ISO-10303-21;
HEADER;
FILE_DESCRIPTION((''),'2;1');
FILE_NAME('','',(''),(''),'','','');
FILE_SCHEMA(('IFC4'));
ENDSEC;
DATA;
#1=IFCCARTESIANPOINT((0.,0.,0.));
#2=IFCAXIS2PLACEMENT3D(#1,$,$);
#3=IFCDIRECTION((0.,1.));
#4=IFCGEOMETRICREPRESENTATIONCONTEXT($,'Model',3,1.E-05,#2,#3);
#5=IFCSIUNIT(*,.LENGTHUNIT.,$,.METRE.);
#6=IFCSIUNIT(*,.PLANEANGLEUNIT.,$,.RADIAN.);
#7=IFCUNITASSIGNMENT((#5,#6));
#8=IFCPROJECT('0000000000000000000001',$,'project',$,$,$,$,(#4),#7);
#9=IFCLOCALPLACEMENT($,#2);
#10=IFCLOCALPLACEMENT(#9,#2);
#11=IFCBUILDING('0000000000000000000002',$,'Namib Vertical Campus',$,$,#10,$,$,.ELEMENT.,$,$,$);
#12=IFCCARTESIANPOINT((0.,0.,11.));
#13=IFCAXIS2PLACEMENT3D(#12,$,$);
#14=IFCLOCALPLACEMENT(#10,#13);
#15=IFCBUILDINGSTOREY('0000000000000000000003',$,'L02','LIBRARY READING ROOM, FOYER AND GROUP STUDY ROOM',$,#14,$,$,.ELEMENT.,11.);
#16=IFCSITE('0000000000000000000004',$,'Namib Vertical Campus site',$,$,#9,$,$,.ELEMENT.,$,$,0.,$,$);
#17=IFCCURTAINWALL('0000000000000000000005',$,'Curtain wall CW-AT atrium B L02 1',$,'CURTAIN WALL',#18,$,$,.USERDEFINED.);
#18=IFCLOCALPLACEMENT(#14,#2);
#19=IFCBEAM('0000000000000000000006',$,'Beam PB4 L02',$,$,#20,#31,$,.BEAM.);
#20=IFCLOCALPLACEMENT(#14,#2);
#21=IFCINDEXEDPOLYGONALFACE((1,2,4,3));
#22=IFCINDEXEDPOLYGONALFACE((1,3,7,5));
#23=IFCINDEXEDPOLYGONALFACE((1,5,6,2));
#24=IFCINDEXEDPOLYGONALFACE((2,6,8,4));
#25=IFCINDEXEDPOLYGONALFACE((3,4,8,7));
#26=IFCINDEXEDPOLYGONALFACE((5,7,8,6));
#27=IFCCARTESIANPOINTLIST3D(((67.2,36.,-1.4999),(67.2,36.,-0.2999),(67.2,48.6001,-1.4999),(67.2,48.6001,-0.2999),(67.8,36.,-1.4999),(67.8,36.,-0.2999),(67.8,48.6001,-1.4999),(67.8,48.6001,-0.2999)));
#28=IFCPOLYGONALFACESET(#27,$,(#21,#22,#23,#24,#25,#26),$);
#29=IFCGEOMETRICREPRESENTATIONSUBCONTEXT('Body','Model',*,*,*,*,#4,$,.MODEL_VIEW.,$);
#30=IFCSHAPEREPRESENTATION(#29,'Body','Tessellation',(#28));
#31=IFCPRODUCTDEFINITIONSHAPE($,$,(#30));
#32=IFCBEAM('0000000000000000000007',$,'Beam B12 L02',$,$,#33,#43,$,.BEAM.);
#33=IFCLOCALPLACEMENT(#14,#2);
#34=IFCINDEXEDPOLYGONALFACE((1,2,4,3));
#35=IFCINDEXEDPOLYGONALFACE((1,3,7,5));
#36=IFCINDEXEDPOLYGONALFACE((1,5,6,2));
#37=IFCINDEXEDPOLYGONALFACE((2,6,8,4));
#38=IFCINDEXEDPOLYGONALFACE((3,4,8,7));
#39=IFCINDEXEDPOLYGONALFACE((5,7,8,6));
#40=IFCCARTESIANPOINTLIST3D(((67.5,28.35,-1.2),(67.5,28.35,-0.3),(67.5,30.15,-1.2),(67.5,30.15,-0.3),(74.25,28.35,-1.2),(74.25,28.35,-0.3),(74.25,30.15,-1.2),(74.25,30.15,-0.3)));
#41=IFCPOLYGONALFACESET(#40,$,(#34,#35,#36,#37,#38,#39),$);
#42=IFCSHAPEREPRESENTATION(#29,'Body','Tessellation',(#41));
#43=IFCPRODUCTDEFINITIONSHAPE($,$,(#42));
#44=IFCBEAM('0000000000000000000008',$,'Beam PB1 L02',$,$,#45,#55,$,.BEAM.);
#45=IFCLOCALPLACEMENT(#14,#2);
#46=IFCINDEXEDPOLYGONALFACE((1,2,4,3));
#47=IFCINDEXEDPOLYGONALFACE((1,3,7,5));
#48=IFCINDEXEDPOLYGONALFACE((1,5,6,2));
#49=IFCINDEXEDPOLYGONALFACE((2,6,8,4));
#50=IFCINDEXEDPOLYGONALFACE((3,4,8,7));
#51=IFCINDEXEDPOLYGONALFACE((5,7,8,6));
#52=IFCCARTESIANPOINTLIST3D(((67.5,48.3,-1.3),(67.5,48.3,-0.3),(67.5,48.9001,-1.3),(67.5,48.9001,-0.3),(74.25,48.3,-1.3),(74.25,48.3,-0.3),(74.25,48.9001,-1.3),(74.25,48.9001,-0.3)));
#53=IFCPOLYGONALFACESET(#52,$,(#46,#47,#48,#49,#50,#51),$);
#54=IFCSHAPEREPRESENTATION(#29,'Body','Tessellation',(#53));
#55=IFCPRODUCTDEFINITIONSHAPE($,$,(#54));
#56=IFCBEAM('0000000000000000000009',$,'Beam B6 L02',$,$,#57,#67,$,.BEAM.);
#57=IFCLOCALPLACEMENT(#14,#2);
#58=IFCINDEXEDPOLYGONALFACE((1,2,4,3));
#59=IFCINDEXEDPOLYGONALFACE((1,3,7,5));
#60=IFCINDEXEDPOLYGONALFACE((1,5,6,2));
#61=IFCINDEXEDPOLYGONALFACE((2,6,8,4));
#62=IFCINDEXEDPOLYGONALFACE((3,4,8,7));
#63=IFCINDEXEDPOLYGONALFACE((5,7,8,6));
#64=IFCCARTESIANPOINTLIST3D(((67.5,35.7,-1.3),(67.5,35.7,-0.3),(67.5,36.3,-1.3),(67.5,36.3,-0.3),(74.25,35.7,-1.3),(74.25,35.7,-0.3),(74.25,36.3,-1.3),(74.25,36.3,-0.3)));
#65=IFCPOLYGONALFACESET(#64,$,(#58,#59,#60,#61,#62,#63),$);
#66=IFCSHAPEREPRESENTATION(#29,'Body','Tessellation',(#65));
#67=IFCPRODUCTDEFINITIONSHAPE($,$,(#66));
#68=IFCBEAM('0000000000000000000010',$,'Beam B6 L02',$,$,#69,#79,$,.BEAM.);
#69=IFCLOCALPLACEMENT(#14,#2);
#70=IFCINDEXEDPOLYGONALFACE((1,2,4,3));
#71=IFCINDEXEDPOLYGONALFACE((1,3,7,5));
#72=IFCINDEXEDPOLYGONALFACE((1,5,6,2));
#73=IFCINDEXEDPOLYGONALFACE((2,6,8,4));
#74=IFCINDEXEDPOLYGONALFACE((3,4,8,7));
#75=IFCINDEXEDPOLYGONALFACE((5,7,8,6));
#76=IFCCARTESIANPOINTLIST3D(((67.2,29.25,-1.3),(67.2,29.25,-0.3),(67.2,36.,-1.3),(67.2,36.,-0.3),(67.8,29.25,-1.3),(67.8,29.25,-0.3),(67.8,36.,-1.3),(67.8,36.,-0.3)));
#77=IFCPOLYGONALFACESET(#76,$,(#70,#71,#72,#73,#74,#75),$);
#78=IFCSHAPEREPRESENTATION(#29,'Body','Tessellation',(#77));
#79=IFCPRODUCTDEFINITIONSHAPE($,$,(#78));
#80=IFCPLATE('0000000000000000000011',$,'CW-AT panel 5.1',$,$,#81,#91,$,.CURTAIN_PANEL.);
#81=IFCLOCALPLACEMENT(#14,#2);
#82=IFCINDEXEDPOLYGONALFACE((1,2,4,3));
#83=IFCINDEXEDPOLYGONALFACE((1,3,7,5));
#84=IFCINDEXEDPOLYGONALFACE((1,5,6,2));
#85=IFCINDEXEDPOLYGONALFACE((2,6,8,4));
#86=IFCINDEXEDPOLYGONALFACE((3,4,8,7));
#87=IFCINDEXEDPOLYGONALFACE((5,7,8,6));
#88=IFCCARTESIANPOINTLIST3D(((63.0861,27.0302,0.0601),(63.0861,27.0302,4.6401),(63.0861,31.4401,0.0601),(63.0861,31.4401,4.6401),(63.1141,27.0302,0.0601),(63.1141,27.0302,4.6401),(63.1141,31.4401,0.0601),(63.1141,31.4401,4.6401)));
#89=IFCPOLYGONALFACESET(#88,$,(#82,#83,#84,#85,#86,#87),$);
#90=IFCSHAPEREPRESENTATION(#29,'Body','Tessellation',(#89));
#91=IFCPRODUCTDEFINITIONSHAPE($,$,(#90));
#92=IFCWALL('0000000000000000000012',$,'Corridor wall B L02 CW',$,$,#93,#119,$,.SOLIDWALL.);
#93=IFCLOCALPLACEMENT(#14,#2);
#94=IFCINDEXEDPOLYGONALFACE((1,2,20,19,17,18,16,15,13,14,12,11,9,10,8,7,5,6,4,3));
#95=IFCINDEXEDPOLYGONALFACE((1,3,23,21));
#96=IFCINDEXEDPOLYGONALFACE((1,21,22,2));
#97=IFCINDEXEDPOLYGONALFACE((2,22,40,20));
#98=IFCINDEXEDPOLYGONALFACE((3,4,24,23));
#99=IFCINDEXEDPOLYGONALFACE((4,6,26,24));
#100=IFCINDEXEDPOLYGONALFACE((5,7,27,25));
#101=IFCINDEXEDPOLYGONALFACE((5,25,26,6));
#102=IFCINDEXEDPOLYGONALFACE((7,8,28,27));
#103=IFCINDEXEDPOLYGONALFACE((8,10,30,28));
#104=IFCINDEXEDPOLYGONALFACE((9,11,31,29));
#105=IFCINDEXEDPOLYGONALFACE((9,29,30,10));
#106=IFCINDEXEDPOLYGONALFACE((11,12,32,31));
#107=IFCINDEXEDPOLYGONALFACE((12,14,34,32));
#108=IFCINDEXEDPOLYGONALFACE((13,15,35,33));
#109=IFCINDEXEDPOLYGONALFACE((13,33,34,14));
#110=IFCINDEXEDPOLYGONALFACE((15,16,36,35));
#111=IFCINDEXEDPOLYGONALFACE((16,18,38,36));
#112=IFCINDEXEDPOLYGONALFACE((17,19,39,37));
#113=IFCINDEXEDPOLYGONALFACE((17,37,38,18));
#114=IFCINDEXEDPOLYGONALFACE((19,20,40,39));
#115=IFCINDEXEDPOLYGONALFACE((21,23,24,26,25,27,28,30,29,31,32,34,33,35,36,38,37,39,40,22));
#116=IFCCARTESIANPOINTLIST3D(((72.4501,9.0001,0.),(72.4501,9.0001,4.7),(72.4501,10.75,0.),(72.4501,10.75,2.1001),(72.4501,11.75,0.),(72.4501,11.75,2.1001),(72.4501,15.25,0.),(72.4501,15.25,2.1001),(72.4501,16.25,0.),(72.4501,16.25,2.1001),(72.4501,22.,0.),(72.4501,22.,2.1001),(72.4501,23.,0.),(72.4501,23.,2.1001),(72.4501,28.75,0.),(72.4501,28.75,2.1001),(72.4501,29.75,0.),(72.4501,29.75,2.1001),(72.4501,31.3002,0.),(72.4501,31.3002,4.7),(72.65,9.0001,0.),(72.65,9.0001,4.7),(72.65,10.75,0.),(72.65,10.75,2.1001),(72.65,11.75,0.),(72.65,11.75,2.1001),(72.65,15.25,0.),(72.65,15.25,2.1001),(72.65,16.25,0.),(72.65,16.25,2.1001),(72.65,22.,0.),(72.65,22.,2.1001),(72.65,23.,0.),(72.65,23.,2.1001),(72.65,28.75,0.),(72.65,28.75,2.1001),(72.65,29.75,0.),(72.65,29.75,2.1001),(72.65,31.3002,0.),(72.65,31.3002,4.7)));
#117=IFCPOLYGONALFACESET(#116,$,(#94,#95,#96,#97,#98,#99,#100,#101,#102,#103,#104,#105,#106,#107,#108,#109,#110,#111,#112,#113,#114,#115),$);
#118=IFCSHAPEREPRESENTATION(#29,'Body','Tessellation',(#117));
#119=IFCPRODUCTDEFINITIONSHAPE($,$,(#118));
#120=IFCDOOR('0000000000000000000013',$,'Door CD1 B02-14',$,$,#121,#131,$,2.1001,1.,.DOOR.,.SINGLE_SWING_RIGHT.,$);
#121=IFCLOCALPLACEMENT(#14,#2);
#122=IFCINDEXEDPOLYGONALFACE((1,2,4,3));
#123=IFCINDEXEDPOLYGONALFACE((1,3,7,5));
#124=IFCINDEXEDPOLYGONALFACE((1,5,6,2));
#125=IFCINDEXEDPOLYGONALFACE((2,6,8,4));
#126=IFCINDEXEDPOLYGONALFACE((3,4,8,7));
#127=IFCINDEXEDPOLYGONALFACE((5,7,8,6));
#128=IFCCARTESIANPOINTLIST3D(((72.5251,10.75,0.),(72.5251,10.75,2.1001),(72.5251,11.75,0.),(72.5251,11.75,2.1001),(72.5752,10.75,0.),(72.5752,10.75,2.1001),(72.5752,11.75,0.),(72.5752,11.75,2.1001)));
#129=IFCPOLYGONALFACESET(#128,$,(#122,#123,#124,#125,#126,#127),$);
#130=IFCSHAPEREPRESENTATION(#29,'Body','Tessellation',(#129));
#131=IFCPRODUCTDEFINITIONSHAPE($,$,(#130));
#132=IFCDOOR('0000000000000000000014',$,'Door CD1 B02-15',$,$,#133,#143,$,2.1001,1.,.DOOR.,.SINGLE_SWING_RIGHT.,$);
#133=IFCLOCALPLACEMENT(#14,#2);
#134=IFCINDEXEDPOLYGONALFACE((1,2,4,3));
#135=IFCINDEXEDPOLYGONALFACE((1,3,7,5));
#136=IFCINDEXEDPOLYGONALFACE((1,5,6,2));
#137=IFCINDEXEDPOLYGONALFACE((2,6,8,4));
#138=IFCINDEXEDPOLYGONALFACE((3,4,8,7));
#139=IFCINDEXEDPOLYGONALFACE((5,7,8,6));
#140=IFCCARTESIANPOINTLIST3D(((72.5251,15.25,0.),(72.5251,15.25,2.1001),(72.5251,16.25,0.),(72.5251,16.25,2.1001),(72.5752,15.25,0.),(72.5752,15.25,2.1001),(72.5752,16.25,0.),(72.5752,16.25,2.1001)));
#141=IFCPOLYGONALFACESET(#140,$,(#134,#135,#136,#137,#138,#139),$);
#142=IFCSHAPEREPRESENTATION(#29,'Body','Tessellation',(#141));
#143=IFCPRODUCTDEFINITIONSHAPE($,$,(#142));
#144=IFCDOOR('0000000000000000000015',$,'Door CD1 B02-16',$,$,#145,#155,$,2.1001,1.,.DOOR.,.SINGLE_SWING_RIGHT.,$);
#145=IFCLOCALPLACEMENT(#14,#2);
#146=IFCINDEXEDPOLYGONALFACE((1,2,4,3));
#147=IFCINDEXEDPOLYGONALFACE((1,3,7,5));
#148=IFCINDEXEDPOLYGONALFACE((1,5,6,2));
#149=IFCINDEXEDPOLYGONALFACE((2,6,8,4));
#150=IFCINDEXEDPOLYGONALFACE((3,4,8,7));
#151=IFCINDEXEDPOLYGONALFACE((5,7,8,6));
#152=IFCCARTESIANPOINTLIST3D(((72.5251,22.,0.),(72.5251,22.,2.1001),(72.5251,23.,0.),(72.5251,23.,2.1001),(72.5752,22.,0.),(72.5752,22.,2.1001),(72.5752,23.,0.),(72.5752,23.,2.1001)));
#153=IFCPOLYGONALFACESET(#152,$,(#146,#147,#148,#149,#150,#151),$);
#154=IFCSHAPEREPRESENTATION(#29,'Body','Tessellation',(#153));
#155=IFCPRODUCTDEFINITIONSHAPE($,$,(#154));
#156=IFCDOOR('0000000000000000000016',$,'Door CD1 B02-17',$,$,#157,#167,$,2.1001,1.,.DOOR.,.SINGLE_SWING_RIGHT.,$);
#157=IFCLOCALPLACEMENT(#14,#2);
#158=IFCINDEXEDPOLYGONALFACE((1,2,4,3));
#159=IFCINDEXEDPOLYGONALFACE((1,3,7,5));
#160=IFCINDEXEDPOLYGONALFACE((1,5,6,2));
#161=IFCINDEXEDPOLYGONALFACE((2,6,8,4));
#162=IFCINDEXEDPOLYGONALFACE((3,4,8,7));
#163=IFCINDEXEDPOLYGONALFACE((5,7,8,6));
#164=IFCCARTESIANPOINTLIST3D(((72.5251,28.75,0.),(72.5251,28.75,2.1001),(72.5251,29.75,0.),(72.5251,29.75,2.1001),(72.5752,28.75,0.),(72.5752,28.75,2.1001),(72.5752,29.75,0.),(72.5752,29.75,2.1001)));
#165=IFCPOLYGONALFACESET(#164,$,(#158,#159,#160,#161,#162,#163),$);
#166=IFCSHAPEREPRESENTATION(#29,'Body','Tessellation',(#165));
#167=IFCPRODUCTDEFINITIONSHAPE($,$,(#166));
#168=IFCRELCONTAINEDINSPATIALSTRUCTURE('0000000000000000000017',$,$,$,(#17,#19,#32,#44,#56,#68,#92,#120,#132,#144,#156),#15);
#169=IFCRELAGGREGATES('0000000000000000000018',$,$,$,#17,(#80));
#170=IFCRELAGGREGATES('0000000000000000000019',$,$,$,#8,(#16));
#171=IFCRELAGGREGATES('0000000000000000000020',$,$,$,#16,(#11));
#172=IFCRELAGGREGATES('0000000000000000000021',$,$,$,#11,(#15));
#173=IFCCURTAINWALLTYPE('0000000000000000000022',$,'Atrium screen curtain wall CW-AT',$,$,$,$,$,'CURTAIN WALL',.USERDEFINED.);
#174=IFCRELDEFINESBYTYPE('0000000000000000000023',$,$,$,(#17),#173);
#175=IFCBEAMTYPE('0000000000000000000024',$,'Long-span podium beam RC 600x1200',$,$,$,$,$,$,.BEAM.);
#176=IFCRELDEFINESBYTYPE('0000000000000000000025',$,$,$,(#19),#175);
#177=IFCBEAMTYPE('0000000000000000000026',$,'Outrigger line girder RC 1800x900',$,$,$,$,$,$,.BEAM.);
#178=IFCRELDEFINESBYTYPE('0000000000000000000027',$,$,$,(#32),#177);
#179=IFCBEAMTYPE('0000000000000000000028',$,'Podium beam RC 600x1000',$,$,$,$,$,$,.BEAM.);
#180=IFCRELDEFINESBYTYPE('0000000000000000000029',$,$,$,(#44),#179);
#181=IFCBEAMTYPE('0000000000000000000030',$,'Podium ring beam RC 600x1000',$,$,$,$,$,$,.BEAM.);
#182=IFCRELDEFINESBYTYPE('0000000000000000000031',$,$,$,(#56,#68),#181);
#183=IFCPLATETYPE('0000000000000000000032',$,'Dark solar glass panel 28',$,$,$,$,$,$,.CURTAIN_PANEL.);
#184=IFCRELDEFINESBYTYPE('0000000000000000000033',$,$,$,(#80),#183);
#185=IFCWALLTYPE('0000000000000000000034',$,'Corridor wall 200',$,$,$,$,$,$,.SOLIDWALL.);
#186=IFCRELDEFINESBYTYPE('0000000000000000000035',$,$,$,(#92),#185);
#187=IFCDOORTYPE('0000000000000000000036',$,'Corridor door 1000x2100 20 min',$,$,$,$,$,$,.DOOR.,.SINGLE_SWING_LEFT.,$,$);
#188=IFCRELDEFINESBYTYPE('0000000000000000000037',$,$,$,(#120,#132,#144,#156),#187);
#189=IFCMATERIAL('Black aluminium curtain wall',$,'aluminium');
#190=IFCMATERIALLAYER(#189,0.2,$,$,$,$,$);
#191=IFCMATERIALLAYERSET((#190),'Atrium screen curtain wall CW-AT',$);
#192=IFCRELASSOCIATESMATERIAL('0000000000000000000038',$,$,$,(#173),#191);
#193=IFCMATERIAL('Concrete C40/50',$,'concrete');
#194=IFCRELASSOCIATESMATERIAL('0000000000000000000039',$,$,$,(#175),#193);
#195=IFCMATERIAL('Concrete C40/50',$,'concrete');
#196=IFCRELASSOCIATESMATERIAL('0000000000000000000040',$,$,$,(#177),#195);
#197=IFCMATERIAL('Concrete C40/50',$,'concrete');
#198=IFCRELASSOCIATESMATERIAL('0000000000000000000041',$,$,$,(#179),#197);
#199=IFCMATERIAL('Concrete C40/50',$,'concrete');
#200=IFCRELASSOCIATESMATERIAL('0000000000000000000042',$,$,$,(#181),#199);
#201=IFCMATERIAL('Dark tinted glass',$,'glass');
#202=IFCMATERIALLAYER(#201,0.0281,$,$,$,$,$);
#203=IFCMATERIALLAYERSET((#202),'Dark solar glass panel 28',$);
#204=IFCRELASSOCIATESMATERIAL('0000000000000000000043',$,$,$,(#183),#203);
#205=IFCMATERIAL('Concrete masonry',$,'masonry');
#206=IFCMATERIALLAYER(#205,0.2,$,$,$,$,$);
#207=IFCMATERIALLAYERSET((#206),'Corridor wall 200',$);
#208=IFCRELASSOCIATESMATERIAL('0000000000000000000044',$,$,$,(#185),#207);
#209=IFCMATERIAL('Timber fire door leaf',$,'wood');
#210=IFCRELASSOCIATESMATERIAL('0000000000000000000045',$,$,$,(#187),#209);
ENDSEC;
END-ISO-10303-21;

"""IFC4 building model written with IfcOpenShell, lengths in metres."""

from ifc_helpers import new_model, si_unit, direction, frame, frame_2d, origin, origin_2d, place, context, subcontext, project, spatial, rectangle, extrude, material, layer, layer_set, material_profile, profile_set, type_object, element, fill, aggregate, save


model = new_model("IFC4")

# Units and contexts
model_context = context("Model", 3, precision=1e-05, world=origin(), true_north=direction((0.0, 1.0)))
body_context = subcontext(model_context, "Body", "Model", "MODEL_VIEW")
ifc_project = project(units=[si_unit("LENGTHUNIT", "METRE"), si_unit("PLANEANGLEUNIT", "RADIAN")], contexts=[model_context])

# Site, building, storey
site_placement = place(None, origin())
site = spatial("IfcSite", under=ifc_project, at=site_placement, Name="Namib Vertical Campus site", CompositionType="ELEMENT", RefElevation=0.0)
building_placement = place(site_placement, origin())
building = spatial("IfcBuilding", under=site, at=building_placement, Name="Namib Vertical Campus", CompositionType="ELEMENT")
storey_placement = place(building_placement, frame((0.0, 0.0, 11.0)))
storey = spatial("IfcBuildingStorey", under=building, at=storey_placement, Name="L02", Description="LIBRARY READING ROOM, FOYER AND GROUP STUDY ROOM", CompositionType="ELEMENT", Elevation=11.0)

# Curtain wall
ifc_material_1 = material(Name="Black aluminium curtain wall", Category="aluminium")
ifc_layer_1 = layer(ifc_material_1, 0.2)
ifc_layer_set_1 = layer_set([ifc_layer_1], Name="Atrium screen curtain wall CW-AT")
curtain_wall_type = type_object("IfcCurtainWallType", Name="Atrium screen curtain wall CW-AT", ElementType="CURTAIN WALL", PredefinedType="USERDEFINED", material=ifc_layer_set_1)
curtain_wall_placement = place(storey_placement, origin())
curtain_wall = element("IfcCurtainWall", 1, at=curtain_wall_placement, inside=storey, type_object=curtain_wall_type, Name="Curtain wall CW-AT atrium B L02 1", ObjectType="CURTAIN WALL", PredefinedType="USERDEFINED")

# Beams
ifc_material_2 = material(Name="Concrete C40/50", Category="concrete")
ifc_material_profile_1 = material_profile(ifc_material_2, rectangle(XDim=0.6001, YDim=1.2, at=origin_2d()))
ifc_profile_set_1 = profile_set([ifc_material_profile_1], Name="Concrete C40/50")
beam_type_1 = type_object("IfcBeamType", Name="Long-span podium beam RC 600x1200", PredefinedType="BEAM", material=ifc_profile_set_1)
beam_1_placement = place(storey_placement, frame((67.5, 36.0, -0.8999), z_axis=(0.0, 1.0, 0.0), x_axis=(-1.0, 0.0, 0.0)))
element("IfcBeam", 2, at=beam_1_placement, inside=storey, type_object=beam_type_1, Name="Beam PB4 L02", PredefinedType="BEAM", context=body_context, shape_type="SweptSolid", body=[
    extrude(rectangle(XDim=0.6001, YDim=1.2, at=origin_2d()), origin(), (0.0, 0.0, 1.0), 12.6001),
])
ifc_material_3 = material(Name="Concrete C40/50", Category="concrete")
ifc_material_profile_2 = material_profile(ifc_material_3, rectangle(XDim=1.8, YDim=0.8999, at=origin_2d()))
ifc_profile_set_2 = profile_set([ifc_material_profile_2], Name="Concrete C40/50")
beam_type_2 = type_object("IfcBeamType", Name="Outrigger line girder RC 1800x900", PredefinedType="BEAM", material=ifc_profile_set_2)
beam_2_placement = place(storey_placement, frame((67.5, 29.25, -0.75), z_axis=(1.0, 0.0, 0.0), x_axis=(0.0, 1.0, 0.0)))
element("IfcBeam", 3, at=beam_2_placement, inside=storey, type_object=beam_type_2, Name="Beam B12 L02", PredefinedType="BEAM", context=body_context, shape_type="SweptSolid", body=[
    extrude(rectangle(XDim=1.8, YDim=0.8999, at=origin_2d()), origin(), (0.0, 0.0, 1.0), 6.75),
])
ifc_material_4 = material(Name="Concrete C40/50", Category="concrete")
ifc_material_profile_3 = material_profile(ifc_material_4, rectangle(XDim=0.6001, YDim=1.0, at=origin_2d()))
ifc_profile_set_3 = profile_set([ifc_material_profile_3], Name="Concrete C40/50")
beam_type_3 = type_object("IfcBeamType", Name="Podium beam RC 600x1000", PredefinedType="BEAM", material=ifc_profile_set_3)
beam_3_placement = place(storey_placement, frame((67.5, 48.6001, -0.8), z_axis=(1.0, 0.0, 0.0), x_axis=(0.0, 1.0, 0.0)))
element("IfcBeam", 4, at=beam_3_placement, inside=storey, type_object=beam_type_3, Name="Beam PB1 L02", PredefinedType="BEAM", context=body_context, shape_type="SweptSolid", body=[
    extrude(rectangle(XDim=0.6001, YDim=1.0, at=origin_2d()), origin(), (0.0, 0.0, 1.0), 6.75),
])
ifc_material_5 = material(Name="Concrete C40/50", Category="concrete")
ifc_material_profile_4 = material_profile(ifc_material_5, rectangle(XDim=0.6001, YDim=1.0, at=origin_2d()))
ifc_profile_set_4 = profile_set([ifc_material_profile_4], Name="Concrete C40/50")
beam_type_4 = type_object("IfcBeamType", Name="Podium ring beam RC 600x1000", PredefinedType="BEAM", material=ifc_profile_set_4)
for number, where, z_axis, x_axis, name in (
    (5, (67.5, 36.0, -0.8), (1.0, 0.0, 0.0), (0.0, 1.0, 0.0), "Beam B6 L02"),
    (6, (67.5, 29.25, -0.8), (0.0, 1.0, 0.0), (-1.0, 0.0, 0.0), "Beam B6 L02"),
):
    element("IfcBeam", number, at=place(storey_placement, frame(where, z_axis=z_axis, x_axis=x_axis)), inside=storey, type_object=beam_type_4, Name=name, PredefinedType="BEAM", context=body_context, shape_type="SweptSolid", body=[
        extrude(rectangle(XDim=0.6001, YDim=1.0, at=origin_2d()), origin(), (0.0, 0.0, 1.0), 6.75),
    ])

# Plate
ifc_material_6 = material(Name="Dark tinted glass", Category="glass")
ifc_layer_2 = layer(ifc_material_6, 0.0281)
ifc_layer_set_2 = layer_set([ifc_layer_2], Name="Dark solar glass panel 28")
plate_type = type_object("IfcPlateType", Name="Dark solar glass panel 28", PredefinedType="CURTAIN_PANEL", material=ifc_layer_set_2)
plate_placement = place(storey_placement, frame((63.1001, 29.2351, 0.0601), z_axis=(0.0, 0.0, 1.0), x_axis=(0.0, 1.0, 0.0)))
plate = element("IfcPlate", 7, at=plate_placement, type_object=plate_type, Name="CW-AT panel 5.1", PredefinedType="CURTAIN_PANEL", context=body_context, shape_type="SweptSolid", body=[
    extrude(rectangle(XDim=4.4099, YDim=0.0281, at=origin_2d()), origin(), (0.0, 0.0, 1.0), 4.5801),
])
aggregate(curtain_wall, [plate])

# Wall, openings, doors
ifc_material_7 = material(Name="Concrete masonry", Category="masonry")
ifc_layer_3 = layer(ifc_material_7, 0.2)
ifc_layer_set_3 = layer_set([ifc_layer_3], Name="Corridor wall 200")
wall_type_1 = type_object("IfcWallType", Name="Corridor wall 200", PredefinedType="SOLIDWALL", material=ifc_layer_set_3)
wall_1_placement = place(storey_placement, frame((72.55, 31.3, 0.0), z_axis=(0.0, 0.0, 1.0), x_axis=(0.0, -1.0, 0.0)))
wall_1 = element("IfcWall", 8, at=wall_1_placement, inside=storey, type_object=wall_type_1, Name="Corridor wall B L02 CW", PredefinedType="SOLIDWALL", context=body_context, shape_type="SweptSolid", body=[
    extrude(rectangle(XDim=22.3, YDim=0.2, at=frame_2d((11.1499, 0.0))), origin(), (0.0, 0.0, 1.0), 4.7),
])
opening_1_placement = place(wall_1_placement, frame((19.55, 0.0, 0.0)))
opening_1 = element("IfcOpeningElement", 9, at=opening_1_placement, cuts=wall_1, PredefinedType="OPENING", context=body_context, shape_type="SweptSolid", body=[
    extrude(rectangle(XDim=1.0, YDim=2.1001, at=frame_2d((0.5, 1.05))), frame((0.0, 0.1099, 0.0), z_axis=(0.0, -1.0, 0.0), x_axis=(1.0, 0.0, 0.0)), (0.0, 0.0, 1.0), 0.22),
])
opening_2_placement = place(wall_1_placement, frame((15.05, 0.0, 0.0)))
opening_2 = element("IfcOpeningElement", 10, at=opening_2_placement, cuts=wall_1, PredefinedType="OPENING", context=body_context, shape_type="SweptSolid", body=[
    extrude(rectangle(XDim=1.0, YDim=2.1001, at=frame_2d((0.5, 1.05))), frame((0.0, 0.1099, 0.0), z_axis=(0.0, -1.0, 0.0), x_axis=(1.0, 0.0, 0.0)), (0.0, 0.0, 1.0), 0.22),
])
opening_3_placement = place(wall_1_placement, frame((8.3, 0.0, 0.0)))
opening_3 = element("IfcOpeningElement", 11, at=opening_3_placement, cuts=wall_1, PredefinedType="OPENING", context=body_context, shape_type="SweptSolid", body=[
    extrude(rectangle(XDim=1.0, YDim=2.1001, at=frame_2d((0.5, 1.05))), frame((0.0, 0.1099, 0.0), z_axis=(0.0, -1.0, 0.0), x_axis=(1.0, 0.0, 0.0)), (0.0, 0.0, 1.0), 0.22),
])
opening_4_placement = place(wall_1_placement, frame((1.55, 0.0, 0.0)))
opening_4 = element("IfcOpeningElement", 12, at=opening_4_placement, cuts=wall_1, PredefinedType="OPENING", context=body_context, shape_type="SweptSolid", body=[
    extrude(rectangle(XDim=1.0, YDim=2.1001, at=frame_2d((0.5, 1.05))), frame((0.0, 0.1099, 0.0), z_axis=(0.0, -1.0, 0.0), x_axis=(1.0, 0.0, 0.0)), (0.0, 0.0, 1.0), 0.22),
])
ifc_material_8 = material(Name="Timber fire door leaf", Category="wood")
door_type_1 = type_object("IfcDoorType", Name="Corridor door 1000x2100 20 min", OperationType="SINGLE_SWING_LEFT", PredefinedType="DOOR", material=ifc_material_8)
door_1_placement = place(opening_1_placement, frame((1.0, 0.0, 0.0), z_axis=(0.0, 0.0, 1.0), x_axis=(-1.0, 0.0, 0.0)))
door_1 = element("IfcDoor", 13, at=door_1_placement, inside=storey, type_object=door_type_1, Name="Door CD1 B02-14", OperationType="SINGLE_SWING_RIGHT", OverallHeight=2.1001, OverallWidth=1.0, PredefinedType="DOOR", context=body_context, shape_type="SweptSolid", body=[
    extrude(rectangle(XDim=1.0, YDim=2.1001, at=frame_2d((0.5, 1.05))), frame((0.0, 0.0249, 0.0), z_axis=(0.0, -1.0, 0.0), x_axis=(1.0, 0.0, 0.0)), (0.0, 0.0, 1.0), 0.05),
])
fill(opening_1, door_1)
door_2_placement = place(opening_2_placement, frame((1.0, 0.0, 0.0), z_axis=(0.0, 0.0, 1.0), x_axis=(-1.0, 0.0, 0.0)))
door_2 = element("IfcDoor", 14, at=door_2_placement, inside=storey, type_object=door_type_1, Name="Door CD1 B02-15", OperationType="SINGLE_SWING_RIGHT", OverallHeight=2.1001, OverallWidth=1.0, PredefinedType="DOOR", context=body_context, shape_type="SweptSolid", body=[
    extrude(rectangle(XDim=1.0, YDim=2.1001, at=frame_2d((0.5, 1.05))), frame((0.0, 0.0249, 0.0), z_axis=(0.0, -1.0, 0.0), x_axis=(1.0, 0.0, 0.0)), (0.0, 0.0, 1.0), 0.05),
])
fill(opening_2, door_2)
door_3_placement = place(opening_3_placement, frame((1.0, 0.0, 0.0), z_axis=(0.0, 0.0, 1.0), x_axis=(-1.0, 0.0, 0.0)))
door_3 = element("IfcDoor", 15, at=door_3_placement, inside=storey, type_object=door_type_1, Name="Door CD1 B02-16", OperationType="SINGLE_SWING_RIGHT", OverallHeight=2.1001, OverallWidth=1.0, PredefinedType="DOOR", context=body_context, shape_type="SweptSolid", body=[
    extrude(rectangle(XDim=1.0, YDim=2.1001, at=frame_2d((0.5, 1.05))), frame((0.0, 0.0249, 0.0), z_axis=(0.0, -1.0, 0.0), x_axis=(1.0, 0.0, 0.0)), (0.0, 0.0, 1.0), 0.05),
])
fill(opening_3, door_3)
door_4_placement = place(opening_4_placement, frame((1.0, 0.0, 0.0), z_axis=(0.0, 0.0, 1.0), x_axis=(-1.0, 0.0, 0.0)))
door_4 = element("IfcDoor", 16, at=door_4_placement, inside=storey, type_object=door_type_1, Name="Door CD1 B02-17", OperationType="SINGLE_SWING_RIGHT", OverallHeight=2.1001, OverallWidth=1.0, PredefinedType="DOOR", context=body_context, shape_type="SweptSolid", body=[
    extrude(rectangle(XDim=1.0, YDim=2.1001, at=frame_2d((0.5, 1.05))), frame((0.0, 0.0249, 0.0), z_axis=(0.0, -1.0, 0.0), x_axis=(1.0, 0.0, 0.0)), (0.0, 0.0, 1.0), 0.05),
])
fill(opening_4, door_4)

save(model, "model.ifc")
